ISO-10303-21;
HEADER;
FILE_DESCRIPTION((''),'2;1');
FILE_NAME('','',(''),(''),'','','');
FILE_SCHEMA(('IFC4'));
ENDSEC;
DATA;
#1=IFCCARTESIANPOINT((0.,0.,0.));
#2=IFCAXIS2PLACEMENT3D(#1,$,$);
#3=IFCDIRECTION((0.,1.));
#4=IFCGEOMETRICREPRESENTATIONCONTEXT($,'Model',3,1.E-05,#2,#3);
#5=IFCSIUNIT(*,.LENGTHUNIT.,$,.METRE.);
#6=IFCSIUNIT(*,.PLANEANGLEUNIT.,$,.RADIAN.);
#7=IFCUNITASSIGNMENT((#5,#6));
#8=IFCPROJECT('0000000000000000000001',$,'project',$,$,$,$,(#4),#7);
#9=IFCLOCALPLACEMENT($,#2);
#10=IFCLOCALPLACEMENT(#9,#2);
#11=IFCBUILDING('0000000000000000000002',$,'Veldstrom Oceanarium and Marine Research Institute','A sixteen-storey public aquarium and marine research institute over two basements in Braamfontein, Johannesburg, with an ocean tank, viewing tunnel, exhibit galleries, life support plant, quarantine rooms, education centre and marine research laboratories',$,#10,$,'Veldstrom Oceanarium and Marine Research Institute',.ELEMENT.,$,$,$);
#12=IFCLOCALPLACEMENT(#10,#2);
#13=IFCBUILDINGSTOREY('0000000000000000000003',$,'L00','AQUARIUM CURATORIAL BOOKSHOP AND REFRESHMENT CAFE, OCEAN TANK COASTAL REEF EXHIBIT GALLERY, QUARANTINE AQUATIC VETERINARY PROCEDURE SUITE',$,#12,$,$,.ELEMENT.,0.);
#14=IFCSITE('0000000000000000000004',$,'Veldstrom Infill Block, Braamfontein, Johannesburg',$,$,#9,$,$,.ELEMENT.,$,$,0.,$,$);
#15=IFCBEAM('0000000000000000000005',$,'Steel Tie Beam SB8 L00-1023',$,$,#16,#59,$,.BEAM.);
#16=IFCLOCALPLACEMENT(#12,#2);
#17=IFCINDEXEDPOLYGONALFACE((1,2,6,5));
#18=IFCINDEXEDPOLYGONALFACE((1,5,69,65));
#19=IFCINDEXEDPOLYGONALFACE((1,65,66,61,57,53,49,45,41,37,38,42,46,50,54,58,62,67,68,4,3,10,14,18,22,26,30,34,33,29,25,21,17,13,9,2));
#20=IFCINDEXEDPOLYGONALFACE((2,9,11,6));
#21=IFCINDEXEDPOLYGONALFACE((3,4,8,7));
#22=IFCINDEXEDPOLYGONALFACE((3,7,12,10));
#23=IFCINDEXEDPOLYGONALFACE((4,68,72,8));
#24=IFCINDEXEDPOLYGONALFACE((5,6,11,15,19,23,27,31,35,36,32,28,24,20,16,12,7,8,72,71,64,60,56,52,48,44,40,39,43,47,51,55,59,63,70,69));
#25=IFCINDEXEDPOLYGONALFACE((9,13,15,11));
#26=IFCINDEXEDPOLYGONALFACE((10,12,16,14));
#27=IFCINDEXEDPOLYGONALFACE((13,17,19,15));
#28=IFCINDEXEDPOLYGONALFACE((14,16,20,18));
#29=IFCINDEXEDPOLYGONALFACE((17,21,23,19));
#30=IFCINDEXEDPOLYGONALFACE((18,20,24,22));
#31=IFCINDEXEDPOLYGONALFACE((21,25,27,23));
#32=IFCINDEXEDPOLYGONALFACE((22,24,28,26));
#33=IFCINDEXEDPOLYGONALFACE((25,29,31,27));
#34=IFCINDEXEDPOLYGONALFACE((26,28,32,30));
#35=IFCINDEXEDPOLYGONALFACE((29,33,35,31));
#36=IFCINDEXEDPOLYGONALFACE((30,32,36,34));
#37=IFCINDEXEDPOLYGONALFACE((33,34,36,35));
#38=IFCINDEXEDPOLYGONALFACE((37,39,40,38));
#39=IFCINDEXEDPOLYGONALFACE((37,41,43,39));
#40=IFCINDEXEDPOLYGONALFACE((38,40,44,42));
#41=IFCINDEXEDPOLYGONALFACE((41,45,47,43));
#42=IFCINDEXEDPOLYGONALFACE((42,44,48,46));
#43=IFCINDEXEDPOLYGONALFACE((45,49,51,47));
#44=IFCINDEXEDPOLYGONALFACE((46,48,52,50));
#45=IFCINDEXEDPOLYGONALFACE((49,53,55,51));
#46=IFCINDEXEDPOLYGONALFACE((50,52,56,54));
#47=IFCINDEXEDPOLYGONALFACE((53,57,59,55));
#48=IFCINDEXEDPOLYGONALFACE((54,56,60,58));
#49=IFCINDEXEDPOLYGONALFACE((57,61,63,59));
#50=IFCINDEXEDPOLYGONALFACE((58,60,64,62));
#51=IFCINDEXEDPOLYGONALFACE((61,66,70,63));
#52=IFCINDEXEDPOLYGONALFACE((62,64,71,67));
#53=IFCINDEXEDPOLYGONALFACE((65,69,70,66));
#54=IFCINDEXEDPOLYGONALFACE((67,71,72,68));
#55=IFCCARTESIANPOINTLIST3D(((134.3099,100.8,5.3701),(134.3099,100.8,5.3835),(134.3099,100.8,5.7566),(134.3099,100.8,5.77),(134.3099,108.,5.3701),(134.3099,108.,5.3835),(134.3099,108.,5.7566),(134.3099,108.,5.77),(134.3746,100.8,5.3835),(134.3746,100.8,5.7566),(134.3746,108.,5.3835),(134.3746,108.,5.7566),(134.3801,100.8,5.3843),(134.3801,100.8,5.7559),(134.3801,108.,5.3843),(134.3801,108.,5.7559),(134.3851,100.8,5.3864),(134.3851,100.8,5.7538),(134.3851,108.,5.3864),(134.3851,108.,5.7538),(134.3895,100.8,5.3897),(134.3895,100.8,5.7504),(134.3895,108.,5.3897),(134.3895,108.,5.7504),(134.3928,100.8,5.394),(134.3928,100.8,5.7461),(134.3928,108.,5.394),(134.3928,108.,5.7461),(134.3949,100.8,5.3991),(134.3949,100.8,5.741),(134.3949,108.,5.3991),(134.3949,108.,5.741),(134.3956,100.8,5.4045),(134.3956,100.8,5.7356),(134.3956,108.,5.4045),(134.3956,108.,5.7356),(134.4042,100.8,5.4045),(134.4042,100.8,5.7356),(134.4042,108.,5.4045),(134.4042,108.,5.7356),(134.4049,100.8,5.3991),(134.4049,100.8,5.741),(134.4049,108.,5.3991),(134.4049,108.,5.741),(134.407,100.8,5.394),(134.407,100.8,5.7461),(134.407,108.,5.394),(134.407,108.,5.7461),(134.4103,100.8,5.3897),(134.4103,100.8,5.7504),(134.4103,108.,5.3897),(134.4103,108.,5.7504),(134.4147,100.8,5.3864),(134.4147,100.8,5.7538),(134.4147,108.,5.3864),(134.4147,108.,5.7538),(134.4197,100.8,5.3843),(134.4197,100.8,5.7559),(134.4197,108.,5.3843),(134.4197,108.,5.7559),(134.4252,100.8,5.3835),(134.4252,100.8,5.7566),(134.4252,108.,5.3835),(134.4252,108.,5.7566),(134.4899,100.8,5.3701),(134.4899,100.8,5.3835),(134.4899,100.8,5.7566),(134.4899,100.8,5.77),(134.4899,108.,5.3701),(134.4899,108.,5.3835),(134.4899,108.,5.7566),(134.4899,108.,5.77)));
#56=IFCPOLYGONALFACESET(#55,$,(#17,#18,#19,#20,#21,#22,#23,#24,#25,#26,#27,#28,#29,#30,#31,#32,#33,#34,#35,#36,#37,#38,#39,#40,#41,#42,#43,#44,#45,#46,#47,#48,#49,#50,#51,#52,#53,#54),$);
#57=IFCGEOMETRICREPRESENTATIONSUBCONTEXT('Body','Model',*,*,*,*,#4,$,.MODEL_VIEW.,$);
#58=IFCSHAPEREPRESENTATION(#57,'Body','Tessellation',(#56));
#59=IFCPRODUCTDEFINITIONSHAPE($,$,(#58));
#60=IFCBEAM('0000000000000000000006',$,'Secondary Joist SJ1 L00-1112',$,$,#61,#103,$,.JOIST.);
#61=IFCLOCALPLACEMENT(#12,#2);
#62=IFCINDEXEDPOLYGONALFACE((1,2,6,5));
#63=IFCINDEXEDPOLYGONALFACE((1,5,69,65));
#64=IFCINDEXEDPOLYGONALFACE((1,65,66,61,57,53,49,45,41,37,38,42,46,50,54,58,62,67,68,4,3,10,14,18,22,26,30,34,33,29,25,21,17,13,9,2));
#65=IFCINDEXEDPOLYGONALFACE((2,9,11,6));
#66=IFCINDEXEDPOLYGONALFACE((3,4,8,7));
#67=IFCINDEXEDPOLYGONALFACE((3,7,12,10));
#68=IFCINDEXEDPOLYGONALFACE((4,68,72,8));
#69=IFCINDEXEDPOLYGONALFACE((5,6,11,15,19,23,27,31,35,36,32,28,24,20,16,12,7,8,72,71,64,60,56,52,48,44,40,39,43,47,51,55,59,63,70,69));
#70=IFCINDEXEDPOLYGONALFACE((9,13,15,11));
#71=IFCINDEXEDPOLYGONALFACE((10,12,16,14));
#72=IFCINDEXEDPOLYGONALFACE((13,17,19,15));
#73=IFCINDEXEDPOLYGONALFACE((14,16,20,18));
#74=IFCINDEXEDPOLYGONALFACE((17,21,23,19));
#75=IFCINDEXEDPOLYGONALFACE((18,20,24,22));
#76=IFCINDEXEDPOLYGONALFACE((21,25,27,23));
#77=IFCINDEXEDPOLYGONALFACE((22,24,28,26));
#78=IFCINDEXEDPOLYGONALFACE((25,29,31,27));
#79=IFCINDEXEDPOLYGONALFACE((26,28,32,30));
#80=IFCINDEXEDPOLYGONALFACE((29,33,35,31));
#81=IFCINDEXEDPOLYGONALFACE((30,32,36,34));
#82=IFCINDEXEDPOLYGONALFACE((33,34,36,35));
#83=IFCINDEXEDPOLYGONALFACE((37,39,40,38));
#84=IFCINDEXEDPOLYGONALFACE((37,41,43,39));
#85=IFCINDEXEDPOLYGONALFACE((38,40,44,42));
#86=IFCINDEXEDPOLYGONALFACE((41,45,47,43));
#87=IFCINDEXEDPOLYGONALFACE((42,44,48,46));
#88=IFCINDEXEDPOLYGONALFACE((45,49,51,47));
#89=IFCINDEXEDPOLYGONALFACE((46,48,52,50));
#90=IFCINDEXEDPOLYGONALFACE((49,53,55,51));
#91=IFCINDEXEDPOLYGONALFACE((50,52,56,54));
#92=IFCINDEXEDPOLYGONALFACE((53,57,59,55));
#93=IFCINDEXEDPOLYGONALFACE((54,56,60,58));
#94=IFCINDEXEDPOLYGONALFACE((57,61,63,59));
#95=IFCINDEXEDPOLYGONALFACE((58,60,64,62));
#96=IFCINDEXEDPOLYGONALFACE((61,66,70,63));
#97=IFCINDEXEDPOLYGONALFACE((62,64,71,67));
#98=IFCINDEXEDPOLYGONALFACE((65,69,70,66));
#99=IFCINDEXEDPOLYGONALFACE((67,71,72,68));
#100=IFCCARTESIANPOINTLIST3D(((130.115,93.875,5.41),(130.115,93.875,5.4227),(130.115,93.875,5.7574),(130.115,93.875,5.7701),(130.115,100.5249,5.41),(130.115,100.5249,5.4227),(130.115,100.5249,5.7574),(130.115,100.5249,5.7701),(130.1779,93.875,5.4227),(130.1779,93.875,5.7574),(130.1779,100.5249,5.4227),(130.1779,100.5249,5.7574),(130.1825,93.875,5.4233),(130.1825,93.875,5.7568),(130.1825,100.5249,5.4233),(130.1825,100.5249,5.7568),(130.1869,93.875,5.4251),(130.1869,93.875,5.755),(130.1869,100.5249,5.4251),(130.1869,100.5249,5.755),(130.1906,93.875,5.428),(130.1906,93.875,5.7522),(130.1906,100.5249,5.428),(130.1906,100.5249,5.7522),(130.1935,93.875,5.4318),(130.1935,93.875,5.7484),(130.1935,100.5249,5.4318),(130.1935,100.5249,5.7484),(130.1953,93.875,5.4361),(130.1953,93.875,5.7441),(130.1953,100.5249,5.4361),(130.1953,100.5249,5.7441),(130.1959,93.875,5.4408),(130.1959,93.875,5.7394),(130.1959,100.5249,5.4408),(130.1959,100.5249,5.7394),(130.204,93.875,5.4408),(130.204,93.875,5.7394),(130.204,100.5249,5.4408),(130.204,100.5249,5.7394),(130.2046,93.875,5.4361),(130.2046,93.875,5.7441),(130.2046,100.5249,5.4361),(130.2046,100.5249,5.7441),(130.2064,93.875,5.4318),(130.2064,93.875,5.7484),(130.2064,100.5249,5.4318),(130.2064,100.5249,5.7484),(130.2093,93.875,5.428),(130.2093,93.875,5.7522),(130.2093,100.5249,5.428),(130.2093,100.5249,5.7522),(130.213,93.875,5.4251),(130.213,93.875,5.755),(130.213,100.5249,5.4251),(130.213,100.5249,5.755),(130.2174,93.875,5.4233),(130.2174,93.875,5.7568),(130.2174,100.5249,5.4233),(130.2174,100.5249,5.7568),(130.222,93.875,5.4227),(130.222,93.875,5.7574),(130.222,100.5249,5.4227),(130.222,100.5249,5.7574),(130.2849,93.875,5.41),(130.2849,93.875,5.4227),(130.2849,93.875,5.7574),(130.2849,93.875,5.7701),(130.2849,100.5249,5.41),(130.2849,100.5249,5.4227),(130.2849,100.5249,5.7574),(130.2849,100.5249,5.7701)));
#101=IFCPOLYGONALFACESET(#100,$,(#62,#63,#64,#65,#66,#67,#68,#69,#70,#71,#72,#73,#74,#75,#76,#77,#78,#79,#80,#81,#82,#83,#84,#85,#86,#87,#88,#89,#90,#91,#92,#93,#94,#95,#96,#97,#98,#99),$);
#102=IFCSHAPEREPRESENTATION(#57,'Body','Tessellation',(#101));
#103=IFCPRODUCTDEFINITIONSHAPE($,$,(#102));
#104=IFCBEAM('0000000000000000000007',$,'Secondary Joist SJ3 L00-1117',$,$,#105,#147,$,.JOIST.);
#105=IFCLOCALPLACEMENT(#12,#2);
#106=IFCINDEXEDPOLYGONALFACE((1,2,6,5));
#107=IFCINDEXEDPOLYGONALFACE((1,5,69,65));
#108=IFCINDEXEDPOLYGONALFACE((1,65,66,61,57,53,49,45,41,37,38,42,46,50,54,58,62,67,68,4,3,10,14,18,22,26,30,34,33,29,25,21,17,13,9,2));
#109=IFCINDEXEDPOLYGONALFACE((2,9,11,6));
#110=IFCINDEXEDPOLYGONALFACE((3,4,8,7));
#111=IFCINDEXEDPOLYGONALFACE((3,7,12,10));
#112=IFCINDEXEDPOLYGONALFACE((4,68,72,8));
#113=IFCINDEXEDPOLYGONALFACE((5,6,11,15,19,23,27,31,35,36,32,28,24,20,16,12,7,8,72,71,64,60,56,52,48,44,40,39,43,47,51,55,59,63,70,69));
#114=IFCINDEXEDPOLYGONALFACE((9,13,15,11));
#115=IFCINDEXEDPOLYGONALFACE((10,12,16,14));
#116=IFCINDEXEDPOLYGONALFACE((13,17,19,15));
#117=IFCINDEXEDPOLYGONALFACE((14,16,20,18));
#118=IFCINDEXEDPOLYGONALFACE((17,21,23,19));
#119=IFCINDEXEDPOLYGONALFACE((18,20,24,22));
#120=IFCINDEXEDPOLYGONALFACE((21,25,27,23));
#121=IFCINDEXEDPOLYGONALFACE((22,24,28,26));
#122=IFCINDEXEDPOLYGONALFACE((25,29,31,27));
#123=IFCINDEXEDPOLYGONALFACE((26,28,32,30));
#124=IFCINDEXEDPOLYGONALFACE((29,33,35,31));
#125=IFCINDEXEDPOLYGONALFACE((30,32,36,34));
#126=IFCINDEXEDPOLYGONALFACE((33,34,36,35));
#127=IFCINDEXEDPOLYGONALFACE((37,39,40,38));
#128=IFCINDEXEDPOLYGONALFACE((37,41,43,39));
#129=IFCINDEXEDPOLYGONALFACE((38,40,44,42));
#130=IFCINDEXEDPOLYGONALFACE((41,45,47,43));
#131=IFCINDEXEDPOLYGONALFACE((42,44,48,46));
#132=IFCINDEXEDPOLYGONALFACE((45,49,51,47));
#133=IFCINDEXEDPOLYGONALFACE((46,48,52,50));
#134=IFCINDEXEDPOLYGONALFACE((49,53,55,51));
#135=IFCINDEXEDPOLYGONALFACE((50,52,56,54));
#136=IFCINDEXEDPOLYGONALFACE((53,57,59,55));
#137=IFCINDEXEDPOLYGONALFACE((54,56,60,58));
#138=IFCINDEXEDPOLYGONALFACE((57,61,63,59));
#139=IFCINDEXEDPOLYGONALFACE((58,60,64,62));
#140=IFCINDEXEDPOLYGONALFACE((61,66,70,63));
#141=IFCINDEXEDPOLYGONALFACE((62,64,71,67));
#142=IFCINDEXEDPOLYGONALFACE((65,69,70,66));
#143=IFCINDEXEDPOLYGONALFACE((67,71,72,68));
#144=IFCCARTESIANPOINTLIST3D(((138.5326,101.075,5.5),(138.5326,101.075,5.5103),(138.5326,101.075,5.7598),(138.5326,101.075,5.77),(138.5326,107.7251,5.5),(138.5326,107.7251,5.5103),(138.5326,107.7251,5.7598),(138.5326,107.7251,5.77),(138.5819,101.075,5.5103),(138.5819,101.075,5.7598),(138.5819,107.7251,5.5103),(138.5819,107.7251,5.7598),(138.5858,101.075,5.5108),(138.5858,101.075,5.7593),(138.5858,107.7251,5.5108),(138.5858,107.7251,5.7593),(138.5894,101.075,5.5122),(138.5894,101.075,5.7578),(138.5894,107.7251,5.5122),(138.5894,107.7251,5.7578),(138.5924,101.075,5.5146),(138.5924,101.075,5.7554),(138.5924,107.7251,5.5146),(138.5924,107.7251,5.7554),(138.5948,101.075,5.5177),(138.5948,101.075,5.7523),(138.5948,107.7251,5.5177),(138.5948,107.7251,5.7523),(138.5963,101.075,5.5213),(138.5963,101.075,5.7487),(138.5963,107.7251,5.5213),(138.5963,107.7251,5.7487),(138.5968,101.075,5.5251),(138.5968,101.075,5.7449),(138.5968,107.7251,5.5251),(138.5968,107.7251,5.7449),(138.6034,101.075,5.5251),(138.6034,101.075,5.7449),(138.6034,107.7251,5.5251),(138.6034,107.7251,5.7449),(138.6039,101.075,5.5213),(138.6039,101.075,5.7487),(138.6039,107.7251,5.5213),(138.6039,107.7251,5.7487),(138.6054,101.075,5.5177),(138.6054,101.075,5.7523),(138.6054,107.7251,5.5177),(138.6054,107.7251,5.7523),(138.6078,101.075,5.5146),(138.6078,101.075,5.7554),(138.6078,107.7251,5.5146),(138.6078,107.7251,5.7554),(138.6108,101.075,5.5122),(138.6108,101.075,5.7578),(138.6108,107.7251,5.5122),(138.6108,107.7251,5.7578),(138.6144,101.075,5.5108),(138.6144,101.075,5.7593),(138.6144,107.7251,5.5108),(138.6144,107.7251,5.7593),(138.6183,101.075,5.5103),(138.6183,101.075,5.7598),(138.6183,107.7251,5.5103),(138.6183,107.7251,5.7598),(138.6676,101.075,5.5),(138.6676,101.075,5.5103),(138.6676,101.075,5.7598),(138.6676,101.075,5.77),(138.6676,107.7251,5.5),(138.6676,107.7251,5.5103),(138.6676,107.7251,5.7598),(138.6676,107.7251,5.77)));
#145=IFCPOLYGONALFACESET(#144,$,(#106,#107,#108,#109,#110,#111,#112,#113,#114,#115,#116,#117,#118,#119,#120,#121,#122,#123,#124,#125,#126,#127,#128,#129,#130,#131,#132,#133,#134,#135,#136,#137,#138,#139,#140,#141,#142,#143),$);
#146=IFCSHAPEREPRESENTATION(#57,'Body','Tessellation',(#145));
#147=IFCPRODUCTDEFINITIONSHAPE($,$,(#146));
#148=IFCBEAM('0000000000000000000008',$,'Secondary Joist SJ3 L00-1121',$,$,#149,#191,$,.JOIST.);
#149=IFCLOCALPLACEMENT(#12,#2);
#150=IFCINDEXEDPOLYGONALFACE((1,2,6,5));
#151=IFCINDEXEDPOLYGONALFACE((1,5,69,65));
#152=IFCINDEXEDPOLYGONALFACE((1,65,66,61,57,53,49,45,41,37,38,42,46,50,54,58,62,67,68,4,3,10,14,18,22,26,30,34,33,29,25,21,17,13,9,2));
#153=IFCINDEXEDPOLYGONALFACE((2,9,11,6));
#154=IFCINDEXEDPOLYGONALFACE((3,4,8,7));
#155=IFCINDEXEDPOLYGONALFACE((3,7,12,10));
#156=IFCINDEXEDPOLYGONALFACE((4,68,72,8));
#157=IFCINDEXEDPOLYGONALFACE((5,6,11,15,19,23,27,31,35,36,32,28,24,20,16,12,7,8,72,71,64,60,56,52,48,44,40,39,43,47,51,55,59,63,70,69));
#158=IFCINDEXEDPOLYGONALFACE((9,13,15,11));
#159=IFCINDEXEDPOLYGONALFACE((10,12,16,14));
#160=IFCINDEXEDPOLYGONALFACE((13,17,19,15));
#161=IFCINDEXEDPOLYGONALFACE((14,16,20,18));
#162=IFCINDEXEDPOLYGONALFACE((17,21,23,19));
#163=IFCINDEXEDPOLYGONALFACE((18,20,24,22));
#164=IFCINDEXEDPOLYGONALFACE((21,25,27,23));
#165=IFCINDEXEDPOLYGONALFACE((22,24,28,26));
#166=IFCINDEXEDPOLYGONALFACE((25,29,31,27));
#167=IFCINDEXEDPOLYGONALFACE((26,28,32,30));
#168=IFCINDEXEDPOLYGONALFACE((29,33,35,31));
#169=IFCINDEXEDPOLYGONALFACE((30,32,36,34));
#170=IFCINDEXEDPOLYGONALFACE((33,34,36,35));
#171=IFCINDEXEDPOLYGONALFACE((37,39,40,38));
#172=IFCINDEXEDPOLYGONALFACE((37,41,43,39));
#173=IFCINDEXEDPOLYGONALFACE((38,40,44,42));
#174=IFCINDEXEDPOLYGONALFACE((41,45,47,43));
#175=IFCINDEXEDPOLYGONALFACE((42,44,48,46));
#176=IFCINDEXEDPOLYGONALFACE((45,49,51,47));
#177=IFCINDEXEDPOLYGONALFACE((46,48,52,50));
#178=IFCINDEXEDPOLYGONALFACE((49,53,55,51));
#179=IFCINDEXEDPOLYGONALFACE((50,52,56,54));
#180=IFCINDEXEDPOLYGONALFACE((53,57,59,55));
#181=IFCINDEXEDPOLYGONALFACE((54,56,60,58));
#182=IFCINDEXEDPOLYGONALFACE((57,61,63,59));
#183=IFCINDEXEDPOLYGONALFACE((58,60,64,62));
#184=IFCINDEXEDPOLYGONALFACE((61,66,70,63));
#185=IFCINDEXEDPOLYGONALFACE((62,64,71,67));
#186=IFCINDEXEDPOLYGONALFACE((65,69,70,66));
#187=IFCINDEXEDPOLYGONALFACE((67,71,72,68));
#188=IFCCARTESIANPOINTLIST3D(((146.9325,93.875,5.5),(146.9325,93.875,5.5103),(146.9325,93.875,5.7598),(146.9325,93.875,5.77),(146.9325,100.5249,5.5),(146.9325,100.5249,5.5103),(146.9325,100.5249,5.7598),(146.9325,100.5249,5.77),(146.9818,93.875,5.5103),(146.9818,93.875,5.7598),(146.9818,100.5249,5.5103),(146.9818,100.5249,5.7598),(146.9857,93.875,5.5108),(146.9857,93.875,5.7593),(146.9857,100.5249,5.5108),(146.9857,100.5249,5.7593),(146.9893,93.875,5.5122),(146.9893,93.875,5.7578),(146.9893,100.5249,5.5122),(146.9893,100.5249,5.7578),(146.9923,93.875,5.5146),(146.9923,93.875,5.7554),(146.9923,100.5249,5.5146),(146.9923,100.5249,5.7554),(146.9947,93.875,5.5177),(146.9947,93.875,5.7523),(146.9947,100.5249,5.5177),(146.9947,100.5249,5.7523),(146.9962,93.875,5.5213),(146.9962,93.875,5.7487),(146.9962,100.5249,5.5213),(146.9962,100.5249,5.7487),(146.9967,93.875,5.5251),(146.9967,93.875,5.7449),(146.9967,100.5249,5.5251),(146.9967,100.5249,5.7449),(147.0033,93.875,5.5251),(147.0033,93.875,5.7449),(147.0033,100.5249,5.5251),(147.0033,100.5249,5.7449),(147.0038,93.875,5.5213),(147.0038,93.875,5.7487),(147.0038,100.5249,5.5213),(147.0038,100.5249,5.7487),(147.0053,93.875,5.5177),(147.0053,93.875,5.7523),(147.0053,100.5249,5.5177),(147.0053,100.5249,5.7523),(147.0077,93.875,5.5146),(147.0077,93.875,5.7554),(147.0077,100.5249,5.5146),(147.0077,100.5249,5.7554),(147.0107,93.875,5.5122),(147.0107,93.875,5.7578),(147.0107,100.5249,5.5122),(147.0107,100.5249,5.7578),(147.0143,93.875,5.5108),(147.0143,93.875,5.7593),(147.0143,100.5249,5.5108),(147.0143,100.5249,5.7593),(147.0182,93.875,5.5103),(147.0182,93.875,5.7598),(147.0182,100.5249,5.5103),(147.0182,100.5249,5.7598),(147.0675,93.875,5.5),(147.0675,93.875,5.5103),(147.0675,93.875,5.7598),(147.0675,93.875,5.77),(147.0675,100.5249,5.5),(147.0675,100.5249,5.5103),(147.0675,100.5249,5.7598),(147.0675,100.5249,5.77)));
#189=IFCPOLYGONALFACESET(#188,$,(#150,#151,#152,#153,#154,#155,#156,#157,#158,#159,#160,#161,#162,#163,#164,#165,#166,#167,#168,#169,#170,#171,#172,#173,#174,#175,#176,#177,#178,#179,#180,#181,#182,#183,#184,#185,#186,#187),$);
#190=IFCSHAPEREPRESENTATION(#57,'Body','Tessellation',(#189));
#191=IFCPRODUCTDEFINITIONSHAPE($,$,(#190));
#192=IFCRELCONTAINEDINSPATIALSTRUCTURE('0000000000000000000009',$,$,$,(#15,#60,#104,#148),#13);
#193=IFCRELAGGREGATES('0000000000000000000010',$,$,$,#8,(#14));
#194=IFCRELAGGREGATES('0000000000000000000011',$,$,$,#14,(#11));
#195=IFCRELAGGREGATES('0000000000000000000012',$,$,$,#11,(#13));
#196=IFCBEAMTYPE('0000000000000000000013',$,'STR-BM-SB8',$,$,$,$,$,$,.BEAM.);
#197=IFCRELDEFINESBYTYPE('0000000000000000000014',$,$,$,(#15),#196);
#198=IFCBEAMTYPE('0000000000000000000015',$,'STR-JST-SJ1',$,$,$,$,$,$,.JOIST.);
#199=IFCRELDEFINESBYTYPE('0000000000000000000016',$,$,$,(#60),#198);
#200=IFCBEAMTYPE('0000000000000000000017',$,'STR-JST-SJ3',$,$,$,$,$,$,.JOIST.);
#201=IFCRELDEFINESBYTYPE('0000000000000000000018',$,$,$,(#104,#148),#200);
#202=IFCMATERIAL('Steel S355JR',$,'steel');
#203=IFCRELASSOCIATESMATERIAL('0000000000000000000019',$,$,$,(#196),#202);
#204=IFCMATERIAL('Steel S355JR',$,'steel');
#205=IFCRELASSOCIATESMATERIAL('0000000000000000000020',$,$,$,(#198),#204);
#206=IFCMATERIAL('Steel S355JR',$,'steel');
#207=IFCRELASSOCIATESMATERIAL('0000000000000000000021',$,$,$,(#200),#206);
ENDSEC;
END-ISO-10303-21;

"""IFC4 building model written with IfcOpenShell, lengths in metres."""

from ifc_helpers import new_model, si_unit, direction, frame, origin, origin_2d, place, context, subcontext, project, spatial, i_section, extrude, material, material_profile, profile_set, type_object, element, save


model = new_model("IFC4")

# Units and contexts
model_context = context("Model", 3, precision=1e-05, world=origin(), true_north=direction((0.0, 1.0)))
body_context = subcontext(model_context, "Body", "Model", "MODEL_VIEW")
ifc_project = project(units=[si_unit("LENGTHUNIT", "METRE"), si_unit("PLANEANGLEUNIT", "RADIAN")], contexts=[model_context])

# Site, building, storey
site_placement = place(None, origin())
site = spatial("IfcSite", under=ifc_project, at=site_placement, Name="Veldstrom Infill Block, Braamfontein, Johannesburg", CompositionType="ELEMENT", RefElevation=0.0)
building_placement = place(site_placement, origin())
building = spatial("IfcBuilding", under=site, at=building_placement, Name="Veldstrom Oceanarium and Marine Research Institute", Description="A sixteen-storey public aquarium and marine research institute over two basements in Braamfontein, Johannesburg, with an ocean tank, viewing tunnel, exhibit galleries, life support plant, quarantine rooms, education centre and marine research laboratories", LongName="Veldstrom Oceanarium and Marine Research Institute", CompositionType="ELEMENT")
storey_placement = place(building_placement, origin())
storey = spatial("IfcBuildingStorey", under=building, at=storey_placement, Name="L00", Description="AQUARIUM CURATORIAL BOOKSHOP AND REFRESHMENT CAFE, OCEAN TANK COASTAL REEF EXHIBIT GALLERY, QUARANTINE AQUATIC VETERINARY PROCEDURE SUITE", CompositionType="ELEMENT", Elevation=0.0)

# Beams
ifc_material_1 = material(Name="Steel S355JR", Category="steel")
ifc_material_profile_1 = material_profile(ifc_material_1, i_section(OverallWidth=0.1799, OverallDepth=0.3999, WebThickness=0.0085, FlangeThickness=0.0134, FilletRadius=0.021, at=origin_2d()), Name="IPE 400")
ifc_profile_set_1 = profile_set([ifc_material_profile_1], Name="Steel S355JR")
beam_type_1 = type_object("IfcBeamType", Name="STR-BM-SB8", PredefinedType="BEAM", material=ifc_profile_set_1)
beam_1_placement = place(storey_placement, frame((134.3999, 100.8, 5.5701), z_axis=(0.0, 1.0, 0.0), x_axis=(-1.0, 0.0, 0.0)))
element("IfcBeam", 1, at=beam_1_placement, inside=storey, type_object=beam_type_1, Name="Steel Tie Beam SB8 L00-1023", PredefinedType="BEAM", context=body_context, shape_type="SweptSolid", body=[
    extrude(i_section(OverallWidth=0.1799, OverallDepth=0.3999, WebThickness=0.0085, FlangeThickness=0.0134, FilletRadius=0.021, at=origin_2d()), origin(), (0.0, 0.0, 1.0), 7.2),
])
ifc_material_2 = material(Name="Steel S355JR", Category="steel")
ifc_material_profile_2 = material_profile(ifc_material_2, i_section(OverallWidth=0.1699, OverallDepth=0.3601, WebThickness=0.0081, FlangeThickness=0.0127, FilletRadius=0.0181, at=origin_2d()), Name="IPE 360")
ifc_profile_set_2 = profile_set([ifc_material_profile_2], Name="Steel S355JR")
beam_type_2 = type_object("IfcBeamType", Name="STR-JST-SJ1", PredefinedType="JOIST", material=ifc_profile_set_2)
beam_2_placement = place(storey_placement, frame((130.2, 93.875, 5.5901), z_axis=(0.0, 1.0, 0.0), x_axis=(-1.0, 0.0, 0.0)))
element("IfcBeam", 2, at=beam_2_placement, inside=storey, type_object=beam_type_2, Name="Secondary Joist SJ1 L00-1112", PredefinedType="JOIST", context=body_context, shape_type="SweptSolid", body=[
    extrude(i_section(OverallWidth=0.1699, OverallDepth=0.3601, WebThickness=0.0081, FlangeThickness=0.0127, FilletRadius=0.0181, at=origin_2d()), origin(), (0.0, 0.0, 1.0), 6.6499),
])
ifc_material_3 = material(Name="Steel S355JR", Category="steel")
ifc_material_profile_3 = material_profile(ifc_material_3, i_section(OverallWidth=0.135, OverallDepth=0.27, WebThickness=0.0066, FlangeThickness=0.0103, FilletRadius=0.0149, at=origin_2d()), Name="IPE 270")
ifc_profile_set_3 = profile_set([ifc_material_profile_3], Name="Steel S355JR")
beam_type_3 = type_object("IfcBeamType", Name="STR-JST-SJ3", PredefinedType="JOIST", material=ifc_profile_set_3)
beam_3_placement = place(storey_placement, frame((138.6001, 101.075, 5.635), z_axis=(0.0, 1.0, 0.0), x_axis=(-1.0, 0.0, 0.0)))
element("IfcBeam", 3, at=beam_3_placement, inside=storey, type_object=beam_type_3, Name="Secondary Joist SJ3 L00-1117", PredefinedType="JOIST", context=body_context, shape_type="SweptSolid", body=[
    extrude(i_section(OverallWidth=0.135, OverallDepth=0.27, WebThickness=0.0066, FlangeThickness=0.0103, FilletRadius=0.0149, at=origin_2d()), origin(), (0.0, 0.0, 1.0), 6.6501),
])
beam_4_placement = place(storey_placement, frame((147.0, 93.875, 5.635), z_axis=(0.0, 1.0, 0.0), x_axis=(-1.0, 0.0, 0.0)))
element("IfcBeam", 4, at=beam_4_placement, inside=storey, type_object=beam_type_3, Name="Secondary Joist SJ3 L00-1121", PredefinedType="JOIST", context=body_context, shape_type="SweptSolid", body=[
    extrude(i_section(OverallWidth=0.135, OverallDepth=0.27, WebThickness=0.0066, FlangeThickness=0.0103, FilletRadius=0.0149, at=origin_2d()), origin(), (0.0, 0.0, 1.0), 6.6499),
])

save(model, "model.ifc")
